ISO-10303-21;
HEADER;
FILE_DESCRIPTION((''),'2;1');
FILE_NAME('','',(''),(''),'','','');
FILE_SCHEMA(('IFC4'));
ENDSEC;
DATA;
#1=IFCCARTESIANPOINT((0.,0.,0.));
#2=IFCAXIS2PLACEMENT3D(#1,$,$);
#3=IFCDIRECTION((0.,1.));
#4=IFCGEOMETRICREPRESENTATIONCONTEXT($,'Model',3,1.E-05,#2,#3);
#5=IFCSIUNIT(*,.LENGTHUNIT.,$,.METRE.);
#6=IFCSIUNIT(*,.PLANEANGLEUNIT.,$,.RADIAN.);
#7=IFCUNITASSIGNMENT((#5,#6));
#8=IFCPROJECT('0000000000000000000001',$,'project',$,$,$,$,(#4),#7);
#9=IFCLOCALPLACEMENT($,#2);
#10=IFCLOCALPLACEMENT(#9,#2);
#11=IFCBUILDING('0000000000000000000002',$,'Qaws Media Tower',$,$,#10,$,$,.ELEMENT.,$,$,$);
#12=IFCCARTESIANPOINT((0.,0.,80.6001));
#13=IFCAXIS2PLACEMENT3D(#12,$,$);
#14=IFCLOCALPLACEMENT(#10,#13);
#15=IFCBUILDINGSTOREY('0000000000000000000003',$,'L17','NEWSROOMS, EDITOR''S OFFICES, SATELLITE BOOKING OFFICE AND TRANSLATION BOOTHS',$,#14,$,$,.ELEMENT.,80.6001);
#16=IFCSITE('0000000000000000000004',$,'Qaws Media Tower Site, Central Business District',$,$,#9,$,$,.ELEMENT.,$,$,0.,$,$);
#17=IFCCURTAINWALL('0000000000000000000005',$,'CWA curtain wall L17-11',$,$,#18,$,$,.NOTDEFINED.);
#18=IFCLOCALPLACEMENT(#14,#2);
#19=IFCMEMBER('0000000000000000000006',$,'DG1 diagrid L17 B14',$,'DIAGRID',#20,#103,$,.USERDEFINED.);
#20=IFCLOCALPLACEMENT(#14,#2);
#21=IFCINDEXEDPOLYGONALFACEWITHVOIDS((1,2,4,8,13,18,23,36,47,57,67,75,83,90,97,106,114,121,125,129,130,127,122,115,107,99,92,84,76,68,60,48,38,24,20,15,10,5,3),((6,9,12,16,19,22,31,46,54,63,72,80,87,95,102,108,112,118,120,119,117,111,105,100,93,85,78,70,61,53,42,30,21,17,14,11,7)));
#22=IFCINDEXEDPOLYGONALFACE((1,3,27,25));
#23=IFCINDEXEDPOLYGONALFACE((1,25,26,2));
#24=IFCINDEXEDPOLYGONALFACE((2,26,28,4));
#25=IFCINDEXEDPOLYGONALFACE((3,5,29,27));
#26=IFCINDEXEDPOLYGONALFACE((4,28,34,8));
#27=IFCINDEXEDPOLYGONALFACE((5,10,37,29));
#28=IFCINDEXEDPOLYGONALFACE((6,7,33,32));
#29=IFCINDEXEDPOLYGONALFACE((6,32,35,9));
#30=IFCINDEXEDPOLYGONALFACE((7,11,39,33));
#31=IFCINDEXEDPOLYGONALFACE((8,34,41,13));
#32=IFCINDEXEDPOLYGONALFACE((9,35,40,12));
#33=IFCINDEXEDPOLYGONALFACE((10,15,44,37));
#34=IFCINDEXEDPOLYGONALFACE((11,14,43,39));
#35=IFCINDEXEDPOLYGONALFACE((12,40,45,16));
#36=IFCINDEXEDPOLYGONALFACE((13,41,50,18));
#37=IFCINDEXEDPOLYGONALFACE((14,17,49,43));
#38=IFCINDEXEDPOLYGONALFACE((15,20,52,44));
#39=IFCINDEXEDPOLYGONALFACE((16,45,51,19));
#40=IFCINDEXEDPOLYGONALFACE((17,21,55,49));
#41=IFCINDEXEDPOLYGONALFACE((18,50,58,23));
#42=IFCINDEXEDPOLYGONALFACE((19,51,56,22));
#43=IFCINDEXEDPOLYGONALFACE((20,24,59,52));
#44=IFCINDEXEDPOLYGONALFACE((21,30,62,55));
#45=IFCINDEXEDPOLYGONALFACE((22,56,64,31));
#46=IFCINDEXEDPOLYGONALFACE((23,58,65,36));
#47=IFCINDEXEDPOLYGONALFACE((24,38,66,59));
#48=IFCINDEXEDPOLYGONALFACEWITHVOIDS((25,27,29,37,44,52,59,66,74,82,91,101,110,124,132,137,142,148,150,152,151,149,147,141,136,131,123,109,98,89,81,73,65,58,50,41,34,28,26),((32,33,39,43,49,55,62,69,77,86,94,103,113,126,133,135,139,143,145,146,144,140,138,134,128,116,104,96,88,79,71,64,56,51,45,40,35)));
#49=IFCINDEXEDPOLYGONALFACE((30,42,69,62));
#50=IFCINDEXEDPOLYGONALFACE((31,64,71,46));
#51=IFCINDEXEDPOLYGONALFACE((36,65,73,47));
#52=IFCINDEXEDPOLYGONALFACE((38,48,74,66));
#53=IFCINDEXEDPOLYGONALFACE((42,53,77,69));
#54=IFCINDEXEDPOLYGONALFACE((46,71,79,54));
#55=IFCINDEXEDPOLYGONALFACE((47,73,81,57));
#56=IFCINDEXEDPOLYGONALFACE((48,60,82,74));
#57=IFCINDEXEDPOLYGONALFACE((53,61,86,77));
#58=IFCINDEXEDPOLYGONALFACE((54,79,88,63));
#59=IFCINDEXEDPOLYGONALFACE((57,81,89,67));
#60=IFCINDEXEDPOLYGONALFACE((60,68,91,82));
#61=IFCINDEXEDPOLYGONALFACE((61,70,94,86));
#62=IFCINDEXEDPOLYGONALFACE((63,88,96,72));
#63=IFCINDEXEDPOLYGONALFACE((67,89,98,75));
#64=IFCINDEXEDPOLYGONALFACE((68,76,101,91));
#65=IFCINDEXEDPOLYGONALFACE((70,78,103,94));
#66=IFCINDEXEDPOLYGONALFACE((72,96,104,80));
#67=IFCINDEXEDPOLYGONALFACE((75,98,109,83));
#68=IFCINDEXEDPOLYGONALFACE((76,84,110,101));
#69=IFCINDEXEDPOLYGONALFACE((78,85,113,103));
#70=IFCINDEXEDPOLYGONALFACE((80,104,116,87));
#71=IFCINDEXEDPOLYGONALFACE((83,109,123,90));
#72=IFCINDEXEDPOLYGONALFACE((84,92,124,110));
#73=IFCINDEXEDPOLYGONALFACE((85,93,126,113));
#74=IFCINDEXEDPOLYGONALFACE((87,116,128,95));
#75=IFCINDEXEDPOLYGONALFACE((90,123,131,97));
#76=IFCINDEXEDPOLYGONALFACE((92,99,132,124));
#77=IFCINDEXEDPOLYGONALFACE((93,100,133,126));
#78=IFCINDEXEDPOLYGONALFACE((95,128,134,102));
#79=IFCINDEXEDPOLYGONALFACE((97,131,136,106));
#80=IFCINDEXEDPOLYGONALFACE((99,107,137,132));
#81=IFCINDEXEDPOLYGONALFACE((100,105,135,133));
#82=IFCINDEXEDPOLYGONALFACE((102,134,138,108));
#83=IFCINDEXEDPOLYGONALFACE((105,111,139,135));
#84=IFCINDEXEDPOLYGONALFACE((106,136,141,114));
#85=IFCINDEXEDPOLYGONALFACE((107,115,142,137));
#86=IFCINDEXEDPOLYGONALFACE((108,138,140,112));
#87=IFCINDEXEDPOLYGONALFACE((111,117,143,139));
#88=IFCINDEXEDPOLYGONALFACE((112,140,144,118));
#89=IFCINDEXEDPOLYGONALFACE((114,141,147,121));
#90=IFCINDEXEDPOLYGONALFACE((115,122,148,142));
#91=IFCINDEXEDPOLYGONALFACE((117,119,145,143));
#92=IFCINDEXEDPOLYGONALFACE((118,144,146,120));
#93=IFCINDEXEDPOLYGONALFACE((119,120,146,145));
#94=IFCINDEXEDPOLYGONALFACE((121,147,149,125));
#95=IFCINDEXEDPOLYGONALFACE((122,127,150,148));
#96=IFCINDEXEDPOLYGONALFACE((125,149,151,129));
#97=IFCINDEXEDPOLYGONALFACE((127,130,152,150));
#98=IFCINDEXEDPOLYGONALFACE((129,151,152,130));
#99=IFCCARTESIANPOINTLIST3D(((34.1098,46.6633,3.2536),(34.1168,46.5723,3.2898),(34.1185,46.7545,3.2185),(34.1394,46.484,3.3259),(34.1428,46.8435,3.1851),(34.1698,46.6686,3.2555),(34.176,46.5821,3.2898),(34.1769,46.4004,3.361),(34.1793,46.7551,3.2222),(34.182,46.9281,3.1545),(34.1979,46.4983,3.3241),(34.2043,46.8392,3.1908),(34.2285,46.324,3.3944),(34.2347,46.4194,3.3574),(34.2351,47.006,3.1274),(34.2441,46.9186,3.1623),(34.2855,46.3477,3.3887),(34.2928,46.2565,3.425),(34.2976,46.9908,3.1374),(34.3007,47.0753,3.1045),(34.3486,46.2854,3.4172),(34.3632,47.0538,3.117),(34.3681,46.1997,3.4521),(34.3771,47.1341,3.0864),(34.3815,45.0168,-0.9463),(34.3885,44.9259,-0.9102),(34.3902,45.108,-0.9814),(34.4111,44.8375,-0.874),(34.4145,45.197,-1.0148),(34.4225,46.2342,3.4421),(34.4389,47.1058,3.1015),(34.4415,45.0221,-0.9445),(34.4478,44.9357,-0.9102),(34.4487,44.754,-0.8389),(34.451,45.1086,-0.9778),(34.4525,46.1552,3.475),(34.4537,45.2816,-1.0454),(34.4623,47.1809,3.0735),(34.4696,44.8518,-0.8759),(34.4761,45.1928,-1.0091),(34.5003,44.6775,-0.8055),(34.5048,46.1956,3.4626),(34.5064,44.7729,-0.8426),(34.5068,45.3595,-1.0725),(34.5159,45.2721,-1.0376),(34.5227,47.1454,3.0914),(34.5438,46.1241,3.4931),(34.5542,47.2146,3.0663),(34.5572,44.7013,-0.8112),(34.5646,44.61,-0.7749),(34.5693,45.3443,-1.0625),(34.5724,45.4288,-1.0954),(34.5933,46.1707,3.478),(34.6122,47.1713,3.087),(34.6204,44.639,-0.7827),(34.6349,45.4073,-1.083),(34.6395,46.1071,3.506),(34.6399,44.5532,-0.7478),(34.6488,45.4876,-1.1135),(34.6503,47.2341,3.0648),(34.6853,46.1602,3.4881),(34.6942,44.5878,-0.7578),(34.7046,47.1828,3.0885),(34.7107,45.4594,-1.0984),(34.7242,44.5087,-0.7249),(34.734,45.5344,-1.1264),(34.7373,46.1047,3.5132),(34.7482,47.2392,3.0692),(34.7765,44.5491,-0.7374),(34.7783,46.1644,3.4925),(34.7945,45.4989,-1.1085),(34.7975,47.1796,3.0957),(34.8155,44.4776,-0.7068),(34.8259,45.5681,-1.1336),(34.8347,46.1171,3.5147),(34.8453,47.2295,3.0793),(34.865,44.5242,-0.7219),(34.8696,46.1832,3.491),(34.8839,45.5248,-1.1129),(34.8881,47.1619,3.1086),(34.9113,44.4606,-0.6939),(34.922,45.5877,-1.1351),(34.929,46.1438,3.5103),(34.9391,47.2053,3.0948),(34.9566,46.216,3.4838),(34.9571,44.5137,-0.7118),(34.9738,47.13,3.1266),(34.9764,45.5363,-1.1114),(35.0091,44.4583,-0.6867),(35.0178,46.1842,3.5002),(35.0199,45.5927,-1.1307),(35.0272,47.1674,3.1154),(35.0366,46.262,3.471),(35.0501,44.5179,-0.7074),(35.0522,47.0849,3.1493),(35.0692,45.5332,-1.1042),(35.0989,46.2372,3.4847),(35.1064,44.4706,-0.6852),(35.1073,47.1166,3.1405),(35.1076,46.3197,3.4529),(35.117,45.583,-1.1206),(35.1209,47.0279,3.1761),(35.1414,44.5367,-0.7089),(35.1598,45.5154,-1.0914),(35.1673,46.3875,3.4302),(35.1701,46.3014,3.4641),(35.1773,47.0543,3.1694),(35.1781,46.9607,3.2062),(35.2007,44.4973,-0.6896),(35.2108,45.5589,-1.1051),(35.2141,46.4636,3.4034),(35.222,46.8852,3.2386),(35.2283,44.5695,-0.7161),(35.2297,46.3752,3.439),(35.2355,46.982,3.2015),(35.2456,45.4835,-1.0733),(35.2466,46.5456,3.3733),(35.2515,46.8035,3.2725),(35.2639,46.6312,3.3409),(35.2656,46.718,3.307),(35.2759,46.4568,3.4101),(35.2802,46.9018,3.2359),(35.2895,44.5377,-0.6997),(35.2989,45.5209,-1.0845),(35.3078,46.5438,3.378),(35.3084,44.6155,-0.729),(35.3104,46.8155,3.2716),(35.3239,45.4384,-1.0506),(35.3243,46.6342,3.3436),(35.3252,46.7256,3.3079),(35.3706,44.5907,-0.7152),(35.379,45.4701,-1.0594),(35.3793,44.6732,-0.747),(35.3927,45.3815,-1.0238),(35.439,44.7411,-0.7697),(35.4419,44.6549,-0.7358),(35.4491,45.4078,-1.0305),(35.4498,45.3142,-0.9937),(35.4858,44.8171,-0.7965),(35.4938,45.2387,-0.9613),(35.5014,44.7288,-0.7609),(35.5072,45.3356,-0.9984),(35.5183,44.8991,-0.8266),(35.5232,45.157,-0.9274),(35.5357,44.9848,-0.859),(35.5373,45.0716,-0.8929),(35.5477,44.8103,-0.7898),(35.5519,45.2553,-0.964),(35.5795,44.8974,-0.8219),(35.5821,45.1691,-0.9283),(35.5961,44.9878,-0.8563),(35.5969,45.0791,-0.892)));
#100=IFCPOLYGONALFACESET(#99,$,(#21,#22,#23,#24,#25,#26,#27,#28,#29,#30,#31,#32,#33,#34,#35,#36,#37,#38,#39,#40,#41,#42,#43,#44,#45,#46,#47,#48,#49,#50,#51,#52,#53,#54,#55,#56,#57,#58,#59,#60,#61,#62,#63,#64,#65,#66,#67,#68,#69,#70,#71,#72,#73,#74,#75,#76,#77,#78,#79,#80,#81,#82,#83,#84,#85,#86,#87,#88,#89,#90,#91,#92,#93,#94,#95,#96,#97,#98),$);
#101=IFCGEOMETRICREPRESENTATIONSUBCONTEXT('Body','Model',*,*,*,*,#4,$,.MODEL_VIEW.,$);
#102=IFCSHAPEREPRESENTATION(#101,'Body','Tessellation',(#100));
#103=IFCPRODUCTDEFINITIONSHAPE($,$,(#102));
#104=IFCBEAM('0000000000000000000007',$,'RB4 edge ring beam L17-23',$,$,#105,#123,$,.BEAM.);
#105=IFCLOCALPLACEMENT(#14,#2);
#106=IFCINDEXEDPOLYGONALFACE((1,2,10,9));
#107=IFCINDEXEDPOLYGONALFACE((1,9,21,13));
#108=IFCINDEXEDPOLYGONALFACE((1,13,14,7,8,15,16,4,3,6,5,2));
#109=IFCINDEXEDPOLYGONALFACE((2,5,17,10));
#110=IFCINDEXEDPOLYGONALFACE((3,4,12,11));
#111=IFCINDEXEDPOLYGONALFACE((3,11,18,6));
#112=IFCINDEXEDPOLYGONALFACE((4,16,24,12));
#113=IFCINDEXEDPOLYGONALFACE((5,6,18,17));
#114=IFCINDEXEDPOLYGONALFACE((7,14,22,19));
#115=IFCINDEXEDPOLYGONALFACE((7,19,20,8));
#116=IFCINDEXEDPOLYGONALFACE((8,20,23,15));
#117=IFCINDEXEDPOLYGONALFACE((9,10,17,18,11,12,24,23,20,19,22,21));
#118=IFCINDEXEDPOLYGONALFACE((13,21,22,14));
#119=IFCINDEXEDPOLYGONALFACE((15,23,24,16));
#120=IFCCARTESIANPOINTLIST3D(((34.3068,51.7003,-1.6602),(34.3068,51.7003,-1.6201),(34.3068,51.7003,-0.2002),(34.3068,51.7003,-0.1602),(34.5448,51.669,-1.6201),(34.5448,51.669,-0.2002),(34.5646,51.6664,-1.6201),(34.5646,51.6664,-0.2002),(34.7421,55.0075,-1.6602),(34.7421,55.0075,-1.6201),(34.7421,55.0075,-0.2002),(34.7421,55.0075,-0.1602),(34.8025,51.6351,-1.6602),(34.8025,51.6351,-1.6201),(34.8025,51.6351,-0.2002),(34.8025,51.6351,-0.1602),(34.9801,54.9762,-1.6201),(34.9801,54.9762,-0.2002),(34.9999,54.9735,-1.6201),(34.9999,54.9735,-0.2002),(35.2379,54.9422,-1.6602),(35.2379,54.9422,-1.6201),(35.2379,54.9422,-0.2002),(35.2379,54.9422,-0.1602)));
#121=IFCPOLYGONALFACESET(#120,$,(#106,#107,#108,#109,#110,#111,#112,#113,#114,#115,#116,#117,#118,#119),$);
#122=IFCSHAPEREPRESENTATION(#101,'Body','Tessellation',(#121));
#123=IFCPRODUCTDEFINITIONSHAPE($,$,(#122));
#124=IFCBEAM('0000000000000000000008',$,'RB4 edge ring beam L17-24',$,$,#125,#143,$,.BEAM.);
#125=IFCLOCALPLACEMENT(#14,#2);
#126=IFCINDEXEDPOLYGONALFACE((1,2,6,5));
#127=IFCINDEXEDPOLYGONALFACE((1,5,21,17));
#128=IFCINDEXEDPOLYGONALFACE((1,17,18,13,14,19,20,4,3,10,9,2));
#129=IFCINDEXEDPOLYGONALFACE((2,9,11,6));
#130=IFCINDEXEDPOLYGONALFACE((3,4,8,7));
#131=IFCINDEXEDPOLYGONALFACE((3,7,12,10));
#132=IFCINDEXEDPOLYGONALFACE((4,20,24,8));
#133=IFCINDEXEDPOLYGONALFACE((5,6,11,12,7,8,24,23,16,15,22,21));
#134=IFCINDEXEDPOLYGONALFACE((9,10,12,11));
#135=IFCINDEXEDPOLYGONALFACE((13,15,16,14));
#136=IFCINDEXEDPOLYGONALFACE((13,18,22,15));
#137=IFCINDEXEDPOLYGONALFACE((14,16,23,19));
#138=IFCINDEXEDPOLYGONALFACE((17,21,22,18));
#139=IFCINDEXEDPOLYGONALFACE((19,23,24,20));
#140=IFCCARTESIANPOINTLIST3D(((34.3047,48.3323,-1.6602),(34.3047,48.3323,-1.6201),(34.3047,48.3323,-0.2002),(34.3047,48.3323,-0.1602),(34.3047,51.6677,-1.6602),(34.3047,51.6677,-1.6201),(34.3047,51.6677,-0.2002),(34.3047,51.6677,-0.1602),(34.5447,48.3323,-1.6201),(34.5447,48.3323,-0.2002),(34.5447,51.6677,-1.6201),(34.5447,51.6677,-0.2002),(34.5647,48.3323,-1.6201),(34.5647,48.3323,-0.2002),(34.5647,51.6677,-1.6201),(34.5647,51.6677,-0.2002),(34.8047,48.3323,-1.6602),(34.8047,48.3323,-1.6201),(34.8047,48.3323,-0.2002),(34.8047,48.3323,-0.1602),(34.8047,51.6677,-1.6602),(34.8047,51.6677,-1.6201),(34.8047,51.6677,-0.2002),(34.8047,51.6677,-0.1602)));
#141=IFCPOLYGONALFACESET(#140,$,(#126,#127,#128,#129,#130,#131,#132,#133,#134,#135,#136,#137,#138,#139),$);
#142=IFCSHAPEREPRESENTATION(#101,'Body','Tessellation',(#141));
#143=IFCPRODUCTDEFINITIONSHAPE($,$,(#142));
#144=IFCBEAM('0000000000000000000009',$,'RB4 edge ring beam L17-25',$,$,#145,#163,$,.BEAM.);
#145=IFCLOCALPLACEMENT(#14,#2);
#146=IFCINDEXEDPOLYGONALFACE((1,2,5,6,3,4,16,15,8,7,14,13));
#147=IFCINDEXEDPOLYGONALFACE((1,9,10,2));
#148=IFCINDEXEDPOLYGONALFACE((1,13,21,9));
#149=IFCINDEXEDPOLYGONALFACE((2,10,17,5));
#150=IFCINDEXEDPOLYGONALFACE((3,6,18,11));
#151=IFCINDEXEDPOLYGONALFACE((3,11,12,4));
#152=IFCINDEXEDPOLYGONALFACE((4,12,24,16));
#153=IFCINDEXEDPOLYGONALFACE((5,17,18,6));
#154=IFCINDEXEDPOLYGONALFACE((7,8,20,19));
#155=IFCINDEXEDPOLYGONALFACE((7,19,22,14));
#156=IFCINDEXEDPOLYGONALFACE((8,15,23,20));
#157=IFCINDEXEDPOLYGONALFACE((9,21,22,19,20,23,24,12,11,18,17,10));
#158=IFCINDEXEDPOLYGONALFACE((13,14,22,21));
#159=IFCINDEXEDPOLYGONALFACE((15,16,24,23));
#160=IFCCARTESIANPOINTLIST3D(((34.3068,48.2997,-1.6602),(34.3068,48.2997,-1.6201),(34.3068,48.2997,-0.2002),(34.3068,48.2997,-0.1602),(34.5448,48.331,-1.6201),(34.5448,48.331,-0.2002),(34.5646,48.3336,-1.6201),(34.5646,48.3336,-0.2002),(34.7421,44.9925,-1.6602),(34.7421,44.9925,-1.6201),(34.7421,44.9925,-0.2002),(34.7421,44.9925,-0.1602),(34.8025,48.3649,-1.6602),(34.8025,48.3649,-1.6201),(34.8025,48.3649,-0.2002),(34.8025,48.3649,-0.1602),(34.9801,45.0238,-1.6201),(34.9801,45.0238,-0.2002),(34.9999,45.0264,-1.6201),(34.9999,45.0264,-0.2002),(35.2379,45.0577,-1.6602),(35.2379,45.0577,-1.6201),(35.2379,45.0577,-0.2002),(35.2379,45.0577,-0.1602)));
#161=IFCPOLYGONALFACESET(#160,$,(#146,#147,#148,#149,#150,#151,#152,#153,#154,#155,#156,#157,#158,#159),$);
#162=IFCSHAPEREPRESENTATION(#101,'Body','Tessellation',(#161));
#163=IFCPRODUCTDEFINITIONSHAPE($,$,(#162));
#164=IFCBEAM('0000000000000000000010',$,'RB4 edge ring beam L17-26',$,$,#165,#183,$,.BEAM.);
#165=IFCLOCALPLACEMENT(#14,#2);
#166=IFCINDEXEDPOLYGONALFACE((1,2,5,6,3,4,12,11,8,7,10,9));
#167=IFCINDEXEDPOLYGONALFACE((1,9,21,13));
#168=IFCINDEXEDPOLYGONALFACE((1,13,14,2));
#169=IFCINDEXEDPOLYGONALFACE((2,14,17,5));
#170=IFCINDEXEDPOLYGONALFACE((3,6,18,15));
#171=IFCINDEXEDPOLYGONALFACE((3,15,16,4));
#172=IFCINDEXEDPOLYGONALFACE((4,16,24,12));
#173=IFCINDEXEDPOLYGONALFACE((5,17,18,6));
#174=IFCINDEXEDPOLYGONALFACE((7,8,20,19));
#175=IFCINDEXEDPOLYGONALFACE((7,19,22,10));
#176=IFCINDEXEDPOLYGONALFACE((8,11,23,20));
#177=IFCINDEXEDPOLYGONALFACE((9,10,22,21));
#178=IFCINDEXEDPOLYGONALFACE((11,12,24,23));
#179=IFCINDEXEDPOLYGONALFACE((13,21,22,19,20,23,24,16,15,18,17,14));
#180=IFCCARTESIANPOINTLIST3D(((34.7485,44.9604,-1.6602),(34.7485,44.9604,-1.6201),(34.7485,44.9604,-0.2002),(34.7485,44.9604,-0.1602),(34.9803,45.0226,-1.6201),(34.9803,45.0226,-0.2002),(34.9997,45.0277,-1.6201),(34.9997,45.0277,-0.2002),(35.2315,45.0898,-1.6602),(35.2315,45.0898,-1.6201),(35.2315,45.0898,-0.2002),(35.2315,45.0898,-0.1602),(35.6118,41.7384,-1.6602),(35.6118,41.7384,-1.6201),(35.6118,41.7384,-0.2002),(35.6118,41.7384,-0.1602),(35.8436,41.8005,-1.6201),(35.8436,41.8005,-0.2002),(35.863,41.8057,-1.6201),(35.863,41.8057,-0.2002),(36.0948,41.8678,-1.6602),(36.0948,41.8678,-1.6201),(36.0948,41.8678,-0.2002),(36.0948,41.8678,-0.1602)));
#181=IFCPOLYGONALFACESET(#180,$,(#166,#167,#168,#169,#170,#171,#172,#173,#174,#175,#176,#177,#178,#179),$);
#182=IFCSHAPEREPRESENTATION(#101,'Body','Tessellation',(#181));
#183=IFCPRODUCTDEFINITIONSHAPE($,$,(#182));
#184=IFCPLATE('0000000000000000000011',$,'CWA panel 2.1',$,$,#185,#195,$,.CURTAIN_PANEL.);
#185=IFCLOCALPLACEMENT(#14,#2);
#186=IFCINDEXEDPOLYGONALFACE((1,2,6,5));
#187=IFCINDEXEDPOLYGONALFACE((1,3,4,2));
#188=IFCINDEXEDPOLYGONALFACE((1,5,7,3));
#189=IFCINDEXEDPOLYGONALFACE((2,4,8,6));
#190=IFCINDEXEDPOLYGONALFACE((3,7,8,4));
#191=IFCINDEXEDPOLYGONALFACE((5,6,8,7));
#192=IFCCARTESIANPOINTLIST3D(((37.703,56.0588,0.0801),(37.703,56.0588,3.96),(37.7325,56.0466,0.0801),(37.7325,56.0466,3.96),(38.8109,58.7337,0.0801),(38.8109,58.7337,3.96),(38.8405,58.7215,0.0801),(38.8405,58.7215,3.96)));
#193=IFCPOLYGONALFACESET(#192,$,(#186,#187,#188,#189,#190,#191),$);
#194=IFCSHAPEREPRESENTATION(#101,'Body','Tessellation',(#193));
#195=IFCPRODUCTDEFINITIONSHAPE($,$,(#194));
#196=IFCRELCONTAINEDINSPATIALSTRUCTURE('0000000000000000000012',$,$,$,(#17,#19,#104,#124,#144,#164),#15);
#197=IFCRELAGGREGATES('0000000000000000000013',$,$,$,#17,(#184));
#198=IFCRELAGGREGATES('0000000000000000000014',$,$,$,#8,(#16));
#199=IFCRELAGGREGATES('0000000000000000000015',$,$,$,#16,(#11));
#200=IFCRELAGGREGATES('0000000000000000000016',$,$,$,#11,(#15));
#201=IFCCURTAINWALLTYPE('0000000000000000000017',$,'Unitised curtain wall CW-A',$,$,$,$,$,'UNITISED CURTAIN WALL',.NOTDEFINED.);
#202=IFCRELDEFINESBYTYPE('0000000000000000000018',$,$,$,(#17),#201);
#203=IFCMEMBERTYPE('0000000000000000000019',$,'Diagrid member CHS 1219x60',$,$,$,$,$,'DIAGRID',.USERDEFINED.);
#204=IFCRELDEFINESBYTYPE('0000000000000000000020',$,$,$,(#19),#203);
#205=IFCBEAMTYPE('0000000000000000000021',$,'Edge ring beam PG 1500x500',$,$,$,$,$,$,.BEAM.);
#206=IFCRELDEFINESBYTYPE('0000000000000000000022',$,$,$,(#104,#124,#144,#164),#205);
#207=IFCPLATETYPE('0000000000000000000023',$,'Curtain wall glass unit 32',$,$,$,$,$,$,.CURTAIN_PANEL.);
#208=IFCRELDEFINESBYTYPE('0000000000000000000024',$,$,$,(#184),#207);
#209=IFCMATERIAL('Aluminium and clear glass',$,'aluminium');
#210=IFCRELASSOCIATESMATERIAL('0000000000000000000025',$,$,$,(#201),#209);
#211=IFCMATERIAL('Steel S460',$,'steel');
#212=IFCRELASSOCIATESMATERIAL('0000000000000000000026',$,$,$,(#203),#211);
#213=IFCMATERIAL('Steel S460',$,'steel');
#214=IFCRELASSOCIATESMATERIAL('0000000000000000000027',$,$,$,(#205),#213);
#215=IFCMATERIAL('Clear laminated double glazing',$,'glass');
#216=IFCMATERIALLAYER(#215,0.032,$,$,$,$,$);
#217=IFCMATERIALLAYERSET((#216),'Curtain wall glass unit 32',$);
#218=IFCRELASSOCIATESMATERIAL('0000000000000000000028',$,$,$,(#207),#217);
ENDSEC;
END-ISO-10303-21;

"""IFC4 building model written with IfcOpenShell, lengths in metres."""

from ifc_helpers import new_model, si_unit, direction, frame, origin, origin_2d, place, context, subcontext, project, spatial, rectangle, hollow_circle, i_section, extrude, material, layer, layer_set, material_profile, profile_set, type_object, element, aggregate, save


model = new_model("IFC4")

# Units and contexts
model_context = context("Model", 3, precision=1e-05, world=origin(), true_north=direction((0.0, 1.0)))
body_context = subcontext(model_context, "Body", "Model", "MODEL_VIEW")
ifc_project = project(units=[si_unit("LENGTHUNIT", "METRE"), si_unit("PLANEANGLEUNIT", "RADIAN")], contexts=[model_context])

# Site, building, storey
site_placement = place(None, origin())
site = spatial("IfcSite", under=ifc_project, at=site_placement, Name="Qaws Media Tower Site, Central Business District", CompositionType="ELEMENT", RefElevation=0.0)
building_placement = place(site_placement, origin())
building = spatial("IfcBuilding", under=site, at=building_placement, Name="Qaws Media Tower", CompositionType="ELEMENT")
storey_placement = place(building_placement, frame((0.0, 0.0, 80.6001)))
storey = spatial("IfcBuildingStorey", under=building, at=storey_placement, Name="L17", Description="NEWSROOMS, EDITOR'S OFFICES, SATELLITE BOOKING OFFICE AND TRANSLATION BOOTHS", CompositionType="ELEMENT", Elevation=80.6001)

# Curtain wall
ifc_material_1 = material(Name="Aluminium and clear glass", Category="aluminium")
curtain_wall_type = type_object("IfcCurtainWallType", Name="Unitised curtain wall CW-A", ElementType="UNITISED CURTAIN WALL", PredefinedType="NOTDEFINED", material=ifc_material_1)
curtain_wall_1_placement = place(storey_placement, origin())
curtain_wall_1 = element("IfcCurtainWall", 1, at=curtain_wall_1_placement, inside=storey, type_object=curtain_wall_type, Name="CWA curtain wall L17-11", PredefinedType="NOTDEFINED")

# Member
ifc_material_2 = material(Name="Steel S460", Category="steel")
ifc_material_profile_1 = material_profile(ifc_material_2, hollow_circle(Radius=0.6096, WallThickness=0.0601, at=origin_2d()), Name="CHS 1219x60")
ifc_profile_set_1 = profile_set([ifc_material_profile_1], Name="Steel S460")
member_type_1 = type_object("IfcMemberType", Name="Diagrid member CHS 1219x60", ElementType="DIAGRID", PredefinedType="USERDEFINED", material=ifc_profile_set_1)
for number, where, z_axis, x_axis, name in (
    (2, (34.99, 45.0251, -0.9102), (-0.060126, 0.364321, 0.929331), (-0.986654, -0.162833, 0.0), "DG1 diagrid L17 B14"),
):
    element("IfcMember", number, at=place(storey_placement, frame(where, z_axis=z_axis, x_axis=x_axis)), inside=storey, type_object=member_type_1, Name=name, ObjectType="DIAGRID", PredefinedType="USERDEFINED", context=body_context, shape_type="SweptSolid", body=[
        extrude(hollow_circle(Radius=0.6096, WallThickness=0.0601, at=origin_2d()), origin(), (0.0, 0.0, 1.0), 4.5193),
    ])

# Beams
ifc_material_3 = material(Name="Steel S460", Category="steel")
ifc_material_profile_2 = material_profile(ifc_material_3, i_section(OverallWidth=0.5, OverallDepth=1.5, WebThickness=0.02, FlangeThickness=0.04, at=origin_2d()), Name="PG 1500x500")
ifc_profile_set_2 = profile_set([ifc_material_profile_2], Name="Steel S460")
beam_type = type_object("IfcBeamType", Name="Edge ring beam PG 1500x500", PredefinedType="BEAM", material=ifc_profile_set_2)
beam_1_placement = place(storey_placement, frame((34.99, 54.9749, -0.9102), z_axis=(-0.1305, -0.991448, 0.0), x_axis=(0.991448, -0.1305, 0.0)))
element("IfcBeam", 3, at=beam_1_placement, inside=storey, type_object=beam_type, Name="RB4 edge ring beam L17-23", PredefinedType="BEAM", context=body_context, shape_type="SweptSolid", body=[
    extrude(i_section(OverallWidth=0.5, OverallDepth=1.5, WebThickness=0.02, FlangeThickness=0.04, at=origin_2d()), origin(), (0.0, 0.0, 1.0), 3.3357),
])
beam_2_placement = place(storey_placement, frame((34.5547, 51.6677, -0.9102), z_axis=(0.0, -1.0, 0.0), x_axis=(1.0, 0.0, 0.0)))
element("IfcBeam", 4, at=beam_2_placement, inside=storey, type_object=beam_type, Name="RB4 edge ring beam L17-24", PredefinedType="BEAM", context=body_context, shape_type="SweptSolid", body=[
    extrude(i_section(OverallWidth=0.5, OverallDepth=1.5, WebThickness=0.02, FlangeThickness=0.04, at=origin_2d()), origin(), (0.0, 0.0, 1.0), 3.3354),
])
for number, where, z_axis, x_axis, name in (
    (5, (34.5547, 48.3323, -0.9102), (0.1305, -0.991448, 0.0), (0.991448, 0.1305, 0.0), "RB4 edge ring beam L17-25"),
    (6, (34.99, 45.0251, -0.9102), (0.25881, -0.965928, 0.0), (0.965928, 0.25881, 0.0), "RB4 edge ring beam L17-26"),
):
    element("IfcBeam", number, at=place(storey_placement, frame(where, z_axis=z_axis, x_axis=x_axis)), inside=storey, type_object=beam_type, Name=name, PredefinedType="BEAM", context=body_context, shape_type="SweptSolid", body=[
        extrude(i_section(OverallWidth=0.5, OverallDepth=1.5, WebThickness=0.02, FlangeThickness=0.04, at=origin_2d()), origin(), (0.0, 0.0, 1.0), 3.3357),
    ])

# Plate
ifc_material_4 = material(Name="Clear laminated double glazing", Category="glass")
ifc_layer_1 = layer(ifc_material_4, 0.032)
ifc_layer_set_1 = layer_set([ifc_layer_1], Name="Curtain wall glass unit 32")
plate_type_1 = type_object("IfcPlateType", Name="Curtain wall glass unit 32", PredefinedType="CURTAIN_PANEL", material=ifc_layer_set_1)
plate_1_placement = place(storey_placement, frame((38.2717, 57.3901, 0.0801), z_axis=(0.0, 0.0, 1.0), x_axis=(-0.382683, -0.92388, 0.0)))
plate_1 = element("IfcPlate", 7, at=plate_1_placement, type_object=plate_type_1, Name="CWA panel 2.1", PredefinedType="CURTAIN_PANEL", context=body_context, shape_type="SweptSolid", body=[
    extrude(rectangle(XDim=2.8953, YDim=0.032, at=origin_2d()), origin(), (0.0, 0.0, 1.0), 3.8799),
])
aggregate(curtain_wall_1, [plate_1])

save(model, "model.ifc")
